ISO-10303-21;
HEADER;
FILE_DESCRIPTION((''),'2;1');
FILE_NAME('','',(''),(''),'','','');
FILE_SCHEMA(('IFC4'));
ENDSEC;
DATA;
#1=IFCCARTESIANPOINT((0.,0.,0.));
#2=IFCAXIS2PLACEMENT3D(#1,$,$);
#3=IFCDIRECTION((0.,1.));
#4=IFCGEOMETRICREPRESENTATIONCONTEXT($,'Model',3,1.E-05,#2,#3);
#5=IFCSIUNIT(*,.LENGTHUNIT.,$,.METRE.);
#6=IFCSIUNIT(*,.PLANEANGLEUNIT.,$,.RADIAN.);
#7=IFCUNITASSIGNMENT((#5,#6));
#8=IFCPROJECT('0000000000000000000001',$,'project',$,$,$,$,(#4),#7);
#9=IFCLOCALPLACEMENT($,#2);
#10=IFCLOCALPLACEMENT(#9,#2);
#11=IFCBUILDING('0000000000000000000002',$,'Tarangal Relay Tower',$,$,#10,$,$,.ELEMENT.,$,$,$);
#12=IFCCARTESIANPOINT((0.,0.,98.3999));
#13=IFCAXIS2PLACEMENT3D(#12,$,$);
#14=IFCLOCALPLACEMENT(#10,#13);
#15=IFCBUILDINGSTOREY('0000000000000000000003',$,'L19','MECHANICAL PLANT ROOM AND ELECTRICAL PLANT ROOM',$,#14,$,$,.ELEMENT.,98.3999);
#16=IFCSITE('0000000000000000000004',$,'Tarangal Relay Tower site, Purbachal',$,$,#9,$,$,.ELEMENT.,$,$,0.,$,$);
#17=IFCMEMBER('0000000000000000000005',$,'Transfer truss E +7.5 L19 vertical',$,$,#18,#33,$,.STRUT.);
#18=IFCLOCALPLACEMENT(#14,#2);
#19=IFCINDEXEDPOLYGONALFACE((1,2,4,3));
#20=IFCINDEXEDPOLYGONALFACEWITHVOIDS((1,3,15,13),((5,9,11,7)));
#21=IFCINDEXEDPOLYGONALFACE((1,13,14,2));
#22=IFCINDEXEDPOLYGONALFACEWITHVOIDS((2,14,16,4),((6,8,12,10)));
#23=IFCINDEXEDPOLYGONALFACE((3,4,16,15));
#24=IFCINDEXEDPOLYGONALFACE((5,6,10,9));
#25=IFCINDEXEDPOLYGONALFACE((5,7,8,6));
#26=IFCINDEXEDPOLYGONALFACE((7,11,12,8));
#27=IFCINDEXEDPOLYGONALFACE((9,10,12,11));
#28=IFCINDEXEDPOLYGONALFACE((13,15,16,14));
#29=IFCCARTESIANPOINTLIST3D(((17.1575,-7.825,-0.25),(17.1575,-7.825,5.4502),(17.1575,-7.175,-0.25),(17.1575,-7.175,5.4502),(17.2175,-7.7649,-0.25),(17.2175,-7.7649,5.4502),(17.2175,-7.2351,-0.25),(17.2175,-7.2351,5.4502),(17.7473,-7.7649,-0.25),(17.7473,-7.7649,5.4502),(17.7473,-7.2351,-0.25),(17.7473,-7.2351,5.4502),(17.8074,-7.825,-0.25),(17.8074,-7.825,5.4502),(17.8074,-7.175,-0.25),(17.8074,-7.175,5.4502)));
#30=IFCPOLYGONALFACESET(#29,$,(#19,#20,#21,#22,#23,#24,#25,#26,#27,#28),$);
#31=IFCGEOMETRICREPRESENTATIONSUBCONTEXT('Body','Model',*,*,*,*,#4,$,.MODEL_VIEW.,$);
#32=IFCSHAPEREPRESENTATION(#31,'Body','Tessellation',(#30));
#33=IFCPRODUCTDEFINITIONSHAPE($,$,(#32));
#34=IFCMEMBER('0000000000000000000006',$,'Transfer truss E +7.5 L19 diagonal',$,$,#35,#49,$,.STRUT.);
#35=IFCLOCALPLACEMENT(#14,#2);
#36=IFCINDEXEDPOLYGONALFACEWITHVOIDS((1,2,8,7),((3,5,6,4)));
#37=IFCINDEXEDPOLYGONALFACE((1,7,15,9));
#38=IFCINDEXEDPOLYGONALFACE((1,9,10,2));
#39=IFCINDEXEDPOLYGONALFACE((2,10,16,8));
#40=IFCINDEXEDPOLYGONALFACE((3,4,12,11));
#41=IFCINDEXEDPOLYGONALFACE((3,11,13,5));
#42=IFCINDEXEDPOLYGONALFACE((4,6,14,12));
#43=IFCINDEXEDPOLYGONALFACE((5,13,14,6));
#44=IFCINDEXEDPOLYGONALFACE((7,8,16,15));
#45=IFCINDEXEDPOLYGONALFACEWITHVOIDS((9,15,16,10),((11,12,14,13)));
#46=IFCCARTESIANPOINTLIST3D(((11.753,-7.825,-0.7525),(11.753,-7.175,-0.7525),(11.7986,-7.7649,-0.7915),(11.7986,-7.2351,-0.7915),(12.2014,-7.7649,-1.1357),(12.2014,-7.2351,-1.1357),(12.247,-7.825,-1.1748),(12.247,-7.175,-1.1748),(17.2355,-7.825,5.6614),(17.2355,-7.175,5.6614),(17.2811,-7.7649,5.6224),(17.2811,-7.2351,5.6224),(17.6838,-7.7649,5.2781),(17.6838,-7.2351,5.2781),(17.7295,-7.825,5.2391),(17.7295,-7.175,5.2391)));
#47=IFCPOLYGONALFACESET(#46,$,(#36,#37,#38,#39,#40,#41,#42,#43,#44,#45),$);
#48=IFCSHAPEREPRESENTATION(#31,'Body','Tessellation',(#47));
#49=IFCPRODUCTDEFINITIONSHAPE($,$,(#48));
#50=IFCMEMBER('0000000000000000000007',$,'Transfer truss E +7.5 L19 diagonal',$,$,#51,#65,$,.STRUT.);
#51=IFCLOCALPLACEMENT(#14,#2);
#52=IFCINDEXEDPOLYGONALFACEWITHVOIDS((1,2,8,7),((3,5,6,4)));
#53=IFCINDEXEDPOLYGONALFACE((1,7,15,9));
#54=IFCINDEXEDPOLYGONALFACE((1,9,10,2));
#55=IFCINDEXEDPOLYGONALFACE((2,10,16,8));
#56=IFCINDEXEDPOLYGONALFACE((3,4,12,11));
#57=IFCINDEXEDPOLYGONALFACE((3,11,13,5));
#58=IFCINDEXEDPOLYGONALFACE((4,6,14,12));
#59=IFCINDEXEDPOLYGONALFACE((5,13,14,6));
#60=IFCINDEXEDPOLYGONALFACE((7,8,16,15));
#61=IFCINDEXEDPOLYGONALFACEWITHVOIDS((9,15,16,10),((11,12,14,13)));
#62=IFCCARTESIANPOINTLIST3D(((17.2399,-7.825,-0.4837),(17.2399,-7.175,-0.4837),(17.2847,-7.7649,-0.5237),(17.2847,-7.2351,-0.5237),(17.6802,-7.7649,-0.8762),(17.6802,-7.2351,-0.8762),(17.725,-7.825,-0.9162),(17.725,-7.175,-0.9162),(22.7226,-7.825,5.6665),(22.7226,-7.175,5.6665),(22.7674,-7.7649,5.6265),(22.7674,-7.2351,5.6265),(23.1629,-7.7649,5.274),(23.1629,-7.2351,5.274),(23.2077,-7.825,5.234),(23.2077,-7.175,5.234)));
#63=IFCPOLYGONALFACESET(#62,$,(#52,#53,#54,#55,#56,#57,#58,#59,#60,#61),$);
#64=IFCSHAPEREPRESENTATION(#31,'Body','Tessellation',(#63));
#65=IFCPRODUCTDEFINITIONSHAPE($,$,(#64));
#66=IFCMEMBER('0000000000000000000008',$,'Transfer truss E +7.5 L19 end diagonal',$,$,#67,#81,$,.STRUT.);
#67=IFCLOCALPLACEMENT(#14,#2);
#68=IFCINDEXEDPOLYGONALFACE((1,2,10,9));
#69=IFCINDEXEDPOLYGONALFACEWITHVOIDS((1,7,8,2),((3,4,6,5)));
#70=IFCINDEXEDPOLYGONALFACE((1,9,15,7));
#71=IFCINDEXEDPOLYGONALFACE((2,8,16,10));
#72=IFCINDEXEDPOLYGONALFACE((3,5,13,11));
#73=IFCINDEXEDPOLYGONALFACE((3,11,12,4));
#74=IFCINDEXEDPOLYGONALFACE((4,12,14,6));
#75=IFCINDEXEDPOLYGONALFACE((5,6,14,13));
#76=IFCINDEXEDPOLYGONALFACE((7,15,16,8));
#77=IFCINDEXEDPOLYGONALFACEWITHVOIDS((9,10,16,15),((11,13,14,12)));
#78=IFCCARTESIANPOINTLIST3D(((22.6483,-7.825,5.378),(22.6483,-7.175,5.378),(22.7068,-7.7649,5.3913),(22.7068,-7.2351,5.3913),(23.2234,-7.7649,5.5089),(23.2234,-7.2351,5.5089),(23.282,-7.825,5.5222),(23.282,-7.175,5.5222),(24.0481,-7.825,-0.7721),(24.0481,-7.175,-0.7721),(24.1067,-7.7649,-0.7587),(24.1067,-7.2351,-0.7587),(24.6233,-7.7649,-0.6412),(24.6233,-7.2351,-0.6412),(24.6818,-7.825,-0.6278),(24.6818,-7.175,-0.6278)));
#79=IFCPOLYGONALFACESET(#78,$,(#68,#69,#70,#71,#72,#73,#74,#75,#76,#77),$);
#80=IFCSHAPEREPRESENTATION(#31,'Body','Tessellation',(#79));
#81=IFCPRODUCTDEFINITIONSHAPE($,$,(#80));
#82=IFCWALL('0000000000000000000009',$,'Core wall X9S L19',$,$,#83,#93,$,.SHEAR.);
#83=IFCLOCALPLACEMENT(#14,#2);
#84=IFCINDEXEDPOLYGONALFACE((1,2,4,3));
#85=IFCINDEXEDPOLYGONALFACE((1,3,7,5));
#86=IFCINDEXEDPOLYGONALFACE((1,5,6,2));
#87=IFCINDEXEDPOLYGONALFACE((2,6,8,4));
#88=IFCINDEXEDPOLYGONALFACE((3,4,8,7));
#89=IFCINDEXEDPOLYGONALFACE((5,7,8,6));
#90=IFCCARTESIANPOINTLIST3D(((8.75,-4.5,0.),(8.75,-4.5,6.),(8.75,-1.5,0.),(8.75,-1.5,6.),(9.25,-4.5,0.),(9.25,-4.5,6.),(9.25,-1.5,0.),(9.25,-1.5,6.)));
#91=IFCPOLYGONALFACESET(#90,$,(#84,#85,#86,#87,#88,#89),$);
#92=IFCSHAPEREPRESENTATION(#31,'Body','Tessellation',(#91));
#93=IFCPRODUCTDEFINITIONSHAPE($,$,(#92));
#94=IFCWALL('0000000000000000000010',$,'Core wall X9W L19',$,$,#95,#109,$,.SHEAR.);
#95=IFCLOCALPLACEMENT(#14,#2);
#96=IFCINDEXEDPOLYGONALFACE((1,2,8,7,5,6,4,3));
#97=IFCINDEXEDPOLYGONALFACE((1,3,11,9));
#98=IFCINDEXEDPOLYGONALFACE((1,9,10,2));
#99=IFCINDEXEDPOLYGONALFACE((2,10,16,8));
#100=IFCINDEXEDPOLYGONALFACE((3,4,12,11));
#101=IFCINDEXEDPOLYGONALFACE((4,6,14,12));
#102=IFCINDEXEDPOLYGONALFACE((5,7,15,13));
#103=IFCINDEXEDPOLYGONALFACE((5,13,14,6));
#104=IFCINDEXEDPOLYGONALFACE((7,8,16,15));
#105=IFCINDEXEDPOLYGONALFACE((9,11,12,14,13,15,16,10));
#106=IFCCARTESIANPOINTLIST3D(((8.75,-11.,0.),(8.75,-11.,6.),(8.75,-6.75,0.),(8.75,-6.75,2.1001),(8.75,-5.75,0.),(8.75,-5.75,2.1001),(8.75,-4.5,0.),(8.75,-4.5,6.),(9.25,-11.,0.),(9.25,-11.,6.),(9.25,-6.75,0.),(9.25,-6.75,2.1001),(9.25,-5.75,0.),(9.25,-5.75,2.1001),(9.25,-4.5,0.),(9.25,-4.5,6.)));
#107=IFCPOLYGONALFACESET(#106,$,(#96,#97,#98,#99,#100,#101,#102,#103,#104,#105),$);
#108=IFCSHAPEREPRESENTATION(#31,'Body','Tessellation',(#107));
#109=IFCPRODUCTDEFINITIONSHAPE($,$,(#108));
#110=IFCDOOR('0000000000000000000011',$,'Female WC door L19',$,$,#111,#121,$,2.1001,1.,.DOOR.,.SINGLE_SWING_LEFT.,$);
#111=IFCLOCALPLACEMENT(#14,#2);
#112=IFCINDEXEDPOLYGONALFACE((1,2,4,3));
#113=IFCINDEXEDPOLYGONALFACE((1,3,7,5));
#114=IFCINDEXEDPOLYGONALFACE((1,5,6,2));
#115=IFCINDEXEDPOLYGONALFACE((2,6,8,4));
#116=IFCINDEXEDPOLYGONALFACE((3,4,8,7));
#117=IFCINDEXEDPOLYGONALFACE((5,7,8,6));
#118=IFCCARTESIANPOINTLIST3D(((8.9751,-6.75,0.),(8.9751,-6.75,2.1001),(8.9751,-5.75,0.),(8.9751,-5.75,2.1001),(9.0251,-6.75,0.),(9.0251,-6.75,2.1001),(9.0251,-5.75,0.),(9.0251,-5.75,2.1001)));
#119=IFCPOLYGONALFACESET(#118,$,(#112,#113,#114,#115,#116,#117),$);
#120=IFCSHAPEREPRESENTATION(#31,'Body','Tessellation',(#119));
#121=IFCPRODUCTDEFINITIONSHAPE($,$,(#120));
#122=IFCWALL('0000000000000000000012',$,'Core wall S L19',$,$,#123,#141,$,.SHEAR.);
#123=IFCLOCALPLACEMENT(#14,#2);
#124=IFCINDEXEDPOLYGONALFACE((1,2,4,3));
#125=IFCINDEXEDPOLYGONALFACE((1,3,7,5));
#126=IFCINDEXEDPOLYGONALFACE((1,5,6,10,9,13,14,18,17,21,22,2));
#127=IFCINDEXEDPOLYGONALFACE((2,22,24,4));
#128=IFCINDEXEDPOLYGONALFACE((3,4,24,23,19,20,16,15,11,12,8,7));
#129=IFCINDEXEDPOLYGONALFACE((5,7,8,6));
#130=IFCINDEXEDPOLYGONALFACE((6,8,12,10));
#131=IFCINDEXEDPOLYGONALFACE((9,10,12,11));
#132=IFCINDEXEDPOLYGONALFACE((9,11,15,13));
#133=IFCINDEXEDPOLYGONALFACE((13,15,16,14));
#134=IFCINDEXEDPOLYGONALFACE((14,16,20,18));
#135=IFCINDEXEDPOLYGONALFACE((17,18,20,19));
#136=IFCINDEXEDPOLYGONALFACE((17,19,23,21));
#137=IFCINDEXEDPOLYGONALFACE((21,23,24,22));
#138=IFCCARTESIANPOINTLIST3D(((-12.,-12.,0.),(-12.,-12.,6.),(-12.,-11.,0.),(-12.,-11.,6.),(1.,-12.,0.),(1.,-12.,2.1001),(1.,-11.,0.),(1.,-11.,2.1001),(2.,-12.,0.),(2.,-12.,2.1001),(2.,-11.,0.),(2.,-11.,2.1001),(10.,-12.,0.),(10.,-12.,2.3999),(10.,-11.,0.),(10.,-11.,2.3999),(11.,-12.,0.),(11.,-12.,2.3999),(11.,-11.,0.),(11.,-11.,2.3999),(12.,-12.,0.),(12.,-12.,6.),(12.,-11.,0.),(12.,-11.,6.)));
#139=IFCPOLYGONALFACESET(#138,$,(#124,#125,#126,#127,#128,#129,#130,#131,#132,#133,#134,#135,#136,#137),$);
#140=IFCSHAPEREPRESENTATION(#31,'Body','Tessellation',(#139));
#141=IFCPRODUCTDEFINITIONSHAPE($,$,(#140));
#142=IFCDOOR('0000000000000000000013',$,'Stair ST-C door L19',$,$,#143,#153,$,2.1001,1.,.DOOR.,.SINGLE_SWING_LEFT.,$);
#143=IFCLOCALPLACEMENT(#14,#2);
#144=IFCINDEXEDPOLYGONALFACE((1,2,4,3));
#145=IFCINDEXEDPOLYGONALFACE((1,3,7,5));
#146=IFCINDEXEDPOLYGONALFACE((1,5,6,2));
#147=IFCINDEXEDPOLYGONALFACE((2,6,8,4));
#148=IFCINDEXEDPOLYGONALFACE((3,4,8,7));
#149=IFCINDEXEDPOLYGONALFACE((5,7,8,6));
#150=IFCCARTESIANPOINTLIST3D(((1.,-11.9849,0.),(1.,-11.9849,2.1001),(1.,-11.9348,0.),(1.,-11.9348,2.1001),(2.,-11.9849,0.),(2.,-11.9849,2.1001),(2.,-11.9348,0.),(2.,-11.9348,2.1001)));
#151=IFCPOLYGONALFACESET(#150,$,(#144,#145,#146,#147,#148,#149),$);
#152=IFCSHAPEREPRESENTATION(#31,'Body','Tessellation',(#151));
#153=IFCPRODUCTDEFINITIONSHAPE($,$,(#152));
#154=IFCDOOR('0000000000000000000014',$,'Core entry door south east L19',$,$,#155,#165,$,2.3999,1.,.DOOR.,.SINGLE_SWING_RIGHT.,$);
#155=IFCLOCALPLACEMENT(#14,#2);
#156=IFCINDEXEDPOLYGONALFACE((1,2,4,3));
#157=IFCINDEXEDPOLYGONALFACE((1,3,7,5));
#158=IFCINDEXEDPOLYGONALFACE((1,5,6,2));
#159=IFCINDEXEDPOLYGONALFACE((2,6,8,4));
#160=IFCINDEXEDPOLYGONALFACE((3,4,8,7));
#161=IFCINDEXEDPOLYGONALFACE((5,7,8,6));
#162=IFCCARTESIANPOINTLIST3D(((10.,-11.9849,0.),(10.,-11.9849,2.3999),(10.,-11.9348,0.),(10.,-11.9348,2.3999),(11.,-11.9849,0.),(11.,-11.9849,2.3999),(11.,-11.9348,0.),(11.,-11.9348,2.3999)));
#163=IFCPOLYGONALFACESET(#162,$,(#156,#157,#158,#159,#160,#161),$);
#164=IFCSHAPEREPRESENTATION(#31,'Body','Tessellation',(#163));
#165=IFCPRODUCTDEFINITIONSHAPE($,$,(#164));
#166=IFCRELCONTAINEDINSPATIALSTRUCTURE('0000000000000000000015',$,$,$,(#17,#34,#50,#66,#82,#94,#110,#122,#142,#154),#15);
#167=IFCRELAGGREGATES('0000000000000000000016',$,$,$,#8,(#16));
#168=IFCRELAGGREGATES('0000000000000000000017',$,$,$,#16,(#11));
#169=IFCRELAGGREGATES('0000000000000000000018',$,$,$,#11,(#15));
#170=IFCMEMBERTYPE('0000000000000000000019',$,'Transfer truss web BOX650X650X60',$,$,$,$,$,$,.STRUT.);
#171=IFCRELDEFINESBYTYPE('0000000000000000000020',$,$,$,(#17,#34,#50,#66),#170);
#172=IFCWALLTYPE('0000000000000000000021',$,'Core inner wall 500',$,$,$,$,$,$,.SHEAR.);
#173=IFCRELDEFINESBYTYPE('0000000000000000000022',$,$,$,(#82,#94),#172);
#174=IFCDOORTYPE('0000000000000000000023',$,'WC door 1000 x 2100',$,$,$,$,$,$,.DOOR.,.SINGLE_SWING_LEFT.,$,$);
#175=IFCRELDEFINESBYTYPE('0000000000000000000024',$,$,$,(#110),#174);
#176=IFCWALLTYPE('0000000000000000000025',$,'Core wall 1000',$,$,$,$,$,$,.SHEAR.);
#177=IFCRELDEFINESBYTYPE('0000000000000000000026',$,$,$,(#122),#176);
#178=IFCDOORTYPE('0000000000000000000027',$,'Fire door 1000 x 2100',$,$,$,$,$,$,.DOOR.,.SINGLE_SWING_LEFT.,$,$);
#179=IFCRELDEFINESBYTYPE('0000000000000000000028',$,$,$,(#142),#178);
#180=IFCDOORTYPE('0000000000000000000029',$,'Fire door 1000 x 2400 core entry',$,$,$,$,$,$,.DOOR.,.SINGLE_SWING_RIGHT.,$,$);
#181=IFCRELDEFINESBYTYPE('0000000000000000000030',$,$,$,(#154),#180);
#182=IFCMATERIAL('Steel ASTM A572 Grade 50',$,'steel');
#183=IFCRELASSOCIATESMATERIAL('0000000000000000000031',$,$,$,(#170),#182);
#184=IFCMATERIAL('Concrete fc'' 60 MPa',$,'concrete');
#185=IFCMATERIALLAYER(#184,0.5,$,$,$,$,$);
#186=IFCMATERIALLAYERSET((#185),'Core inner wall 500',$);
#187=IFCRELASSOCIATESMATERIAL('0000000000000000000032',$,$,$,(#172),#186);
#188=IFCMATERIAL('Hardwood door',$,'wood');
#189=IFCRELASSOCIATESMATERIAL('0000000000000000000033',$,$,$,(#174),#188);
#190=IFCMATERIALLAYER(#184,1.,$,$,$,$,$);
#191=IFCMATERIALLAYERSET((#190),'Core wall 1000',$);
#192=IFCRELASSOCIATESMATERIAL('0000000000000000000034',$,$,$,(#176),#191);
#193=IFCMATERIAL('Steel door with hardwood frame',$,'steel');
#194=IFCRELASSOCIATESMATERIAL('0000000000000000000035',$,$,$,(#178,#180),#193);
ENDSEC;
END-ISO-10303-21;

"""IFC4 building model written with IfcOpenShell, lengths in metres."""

from ifc_helpers import new_model, si_unit, direction, frame, frame_2d, origin, origin_2d, place, context, subcontext, project, spatial, rectangle, hollow_rectangle, extrude, material, layer, layer_set, material_profile, profile_set, type_object, element, fill, save


model = new_model("IFC4")

# Units and contexts
model_context = context("Model", 3, precision=1e-05, world=origin(), true_north=direction((0.0, 1.0)))
body_context = subcontext(model_context, "Body", "Model", "MODEL_VIEW")
ifc_project = project(units=[si_unit("LENGTHUNIT", "METRE"), si_unit("PLANEANGLEUNIT", "RADIAN")], contexts=[model_context])

# Site, building, storey
site_placement = place(None, origin())
site = spatial("IfcSite", under=ifc_project, at=site_placement, Name="Tarangal Relay Tower site, Purbachal", CompositionType="ELEMENT", RefElevation=0.0)
building_placement = place(site_placement, origin())
building = spatial("IfcBuilding", under=site, at=building_placement, Name="Tarangal Relay Tower", CompositionType="ELEMENT")
storey_placement = place(building_placement, frame((0.0, 0.0, 98.3999)))
storey = spatial("IfcBuildingStorey", under=building, at=storey_placement, Name="L19", Description="MECHANICAL PLANT ROOM AND ELECTRICAL PLANT ROOM", CompositionType="ELEMENT", Elevation=98.3999)

# Shared definitions
ifc_material_1 = material(Name="Steel ASTM A572 Grade 50", Category="steel")

# Members
ifc_material_profile_1 = material_profile(ifc_material_1, hollow_rectangle(XDim=0.6499, YDim=0.6499, WallThickness=0.0601, at=origin_2d()), Name="BOX650X650X60")
ifc_profile_set_1 = profile_set([ifc_material_profile_1], Name="Steel ASTM A572 Grade 50")
member_type_1 = type_object("IfcMemberType", Name="Transfer truss web BOX650X650X60", PredefinedType="STRUT", material=ifc_profile_set_1)
member_1_placement = place(storey_placement, frame((17.4824, -7.5, -0.25), z_axis=(0.0, 0.0, 1.0), x_axis=(1.0, 0.0, 0.0)))
element("IfcMember", 1, at=member_1_placement, inside=storey, type_object=member_type_1, Name="Transfer truss E +7.5 L19 vertical", PredefinedType="STRUT", context=body_context, shape_type="SweptSolid", body=[
    extrude(hollow_rectangle(XDim=0.6499, YDim=0.6499, WallThickness=0.0601, at=origin_2d()), origin(), (0.0, 0.0, 1.0), 5.7002),
])
member_2_placement = place(storey_placement, frame((12.0, -7.5, -0.9636), z_axis=(0.649757, 0.0, 0.760142), x_axis=(0.0, 1.0, 0.0)))
element("IfcMember", 2, at=member_2_placement, inside=storey, type_object=member_type_1, Name="Transfer truss E +7.5 L19 diagonal", PredefinedType="STRUT", context=body_context, shape_type="SweptSolid", body=[
    extrude(hollow_rectangle(XDim=0.6499, YDim=0.6499, WallThickness=0.0601, at=origin_2d()), origin(), (0.0, 0.0, 1.0), 8.4377),
])
member_3_placement = place(storey_placement, frame((17.4824, -7.5, -0.7), z_axis=(0.665439, 0.0, 0.746452), x_axis=(0.0, 1.0, 0.0)))
element("IfcMember", 3, at=member_3_placement, inside=storey, type_object=member_type_1, Name="Transfer truss E +7.5 L19 diagonal", PredefinedType="STRUT", context=body_context, shape_type="SweptSolid", body=[
    extrude(hollow_rectangle(XDim=0.6499, YDim=0.6499, WallThickness=0.0601, at=origin_2d()), origin(), (0.0, 0.0, 1.0), 8.2393),
])
member_4_placement = place(storey_placement, frame((24.365, -7.5, -0.7), z_axis=(-0.221944, 0.0, 0.975059), x_axis=(0.0, -1.0, 0.0)))
element("IfcMember", 4, at=member_4_placement, inside=storey, type_object=member_type_1, Name="Transfer truss E +7.5 L19 end diagonal", PredefinedType="STRUT", context=body_context, shape_type="SweptSolid", body=[
    extrude(hollow_rectangle(XDim=0.6499, YDim=0.6499, WallThickness=0.0601, at=origin_2d()), origin(), (0.0, 0.0, 1.0), 6.3074),
])

# Wall
ifc_material_2 = material(Name="Concrete fc' 60 MPa", Category="concrete")
ifc_layer_1 = layer(ifc_material_2, 0.5)
ifc_layer_set_1 = layer_set([ifc_layer_1], Name="Core inner wall 500")
wall_type_1 = type_object("IfcWallType", Name="Core inner wall 500", PredefinedType="SHEAR", material=ifc_layer_set_1)
wall_1_placement = place(storey_placement, frame((9.0, -4.5, 0.0), z_axis=(0.0, 0.0, 1.0), x_axis=(0.0, 1.0, 0.0)))
element("IfcWall", 5, at=wall_1_placement, inside=storey, type_object=wall_type_1, Name="Core wall X9S L19", PredefinedType="SHEAR", context=body_context, shape_type="SweptSolid", body=[
    extrude(rectangle(XDim=3.0, YDim=0.5, at=frame_2d((1.5, 0.0))), origin(), (0.0, 0.0, 1.0), 6.0),
])

# Wall, opening, door
wall_2_placement = place(storey_placement, frame((9.0, -11.0, 0.0), z_axis=(0.0, 0.0, 1.0), x_axis=(0.0, 1.0, 0.0)))
wall_2 = element("IfcWall", 6, at=wall_2_placement, inside=storey, type_object=wall_type_1, Name="Core wall X9W L19", PredefinedType="SHEAR", context=body_context, shape_type="SweptSolid", body=[
    extrude(rectangle(XDim=6.5, YDim=0.5, at=frame_2d((3.25, 0.0))), origin(), (0.0, 0.0, 1.0), 6.0),
])
opening_1_placement = place(wall_2_placement, frame((4.25, 0.0, 0.0)))
opening_1 = element("IfcOpeningElement", 7, at=opening_1_placement, cuts=wall_2, PredefinedType="OPENING", context=body_context, shape_type="SweptSolid", body=[
    extrude(rectangle(XDim=1.0, YDim=2.1001, at=frame_2d((0.5, 1.05))), frame((0.0, 0.26, 0.0), z_axis=(0.0, -1.0, 0.0), x_axis=(1.0, 0.0, 0.0)), (0.0, 0.0, 1.0), 0.52),
])
ifc_material_3 = material(Name="Hardwood door", Category="wood")
door_type_1 = type_object("IfcDoorType", Name="WC door 1000 x 2100", OperationType="SINGLE_SWING_LEFT", PredefinedType="DOOR", material=ifc_material_3)
door_1_placement = place(opening_1_placement, origin())
door_1 = element("IfcDoor", 8, at=door_1_placement, inside=storey, type_object=door_type_1, Name="Female WC door L19", OperationType="SINGLE_SWING_LEFT", OverallHeight=2.1001, OverallWidth=1.0, PredefinedType="DOOR", context=body_context, shape_type="SweptSolid", body=[
    extrude(rectangle(XDim=1.0, YDim=2.1001, at=frame_2d((0.5, 1.05))), frame((0.0, 0.0249, 0.0), z_axis=(0.0, -1.0, 0.0), x_axis=(1.0, 0.0, 0.0)), (0.0, 0.0, 1.0), 0.05),
])
fill(opening_1, door_1)

# Wall, openings, doors
ifc_layer_2 = layer(ifc_material_2, 1.0)
ifc_layer_set_2 = layer_set([ifc_layer_2], Name="Core wall 1000")
wall_type_2 = type_object("IfcWallType", Name="Core wall 1000", PredefinedType="SHEAR", material=ifc_layer_set_2)
wall_3_placement = place(storey_placement, frame((12.0, -11.5, 0.0), z_axis=(0.0, 0.0, 1.0), x_axis=(-1.0, 0.0, 0.0)))
wall_3 = element("IfcWall", 9, at=wall_3_placement, inside=storey, type_object=wall_type_2, Name="Core wall S L19", PredefinedType="SHEAR", context=body_context, shape_type="SweptSolid", body=[
    extrude(rectangle(XDim=24.0, YDim=1.0, at=frame_2d((12.0, 0.0))), origin(), (0.0, 0.0, 1.0), 6.0),
])
opening_2_placement = place(wall_3_placement, frame((10.0, 0.0, 0.0)))
opening_2 = element("IfcOpeningElement", 10, at=opening_2_placement, cuts=wall_3, PredefinedType="OPENING", context=body_context, shape_type="SweptSolid", body=[
    extrude(rectangle(XDim=1.0, YDim=2.1001, at=frame_2d((0.5, 1.05))), frame((0.0, 0.51, 0.0), z_axis=(0.0, -1.0, 0.0), x_axis=(1.0, 0.0, 0.0)), (0.0, 0.0, 1.0), 1.02),
])
opening_3_placement = place(wall_3_placement, frame((1.0, 0.0, 0.0)))
opening_3 = element("IfcOpeningElement", 11, at=opening_3_placement, cuts=wall_3, PredefinedType="OPENING", context=body_context, shape_type="SweptSolid", body=[
    extrude(rectangle(XDim=1.0, YDim=2.3999, at=frame_2d((0.5, 1.2))), frame((0.0, 0.51, 0.0), z_axis=(0.0, -1.0, 0.0), x_axis=(1.0, 0.0, 0.0)), (0.0, 0.0, 1.0), 1.02),
])
ifc_material_4 = material(Name="Steel door with hardwood frame", Category="steel")
door_type_2 = type_object("IfcDoorType", Name="Fire door 1000 x 2100", OperationType="SINGLE_SWING_LEFT", PredefinedType="DOOR", material=ifc_material_4)
door_2_placement = place(opening_2_placement, origin())
door_2 = element("IfcDoor", 12, at=door_2_placement, inside=storey, type_object=door_type_2, Name="Stair ST-C door L19", OperationType="SINGLE_SWING_LEFT", OverallHeight=2.1001, OverallWidth=1.0, PredefinedType="DOOR", context=body_context, shape_type="SweptSolid", body=[
    extrude(rectangle(XDim=1.0, YDim=2.1001, at=frame_2d((0.5, 1.05))), frame((0.0, 0.4849, 0.0), z_axis=(0.0, -1.0, 0.0), x_axis=(1.0, 0.0, 0.0)), (0.0, 0.0, 1.0), 0.05),
])
fill(opening_2, door_2)
door_type_3 = type_object("IfcDoorType", Name="Fire door 1000 x 2400 core entry", OperationType="SINGLE_SWING_RIGHT", PredefinedType="DOOR", material=ifc_material_4)
door_3_placement = place(opening_3_placement, origin())
door_3 = element("IfcDoor", 13, at=door_3_placement, inside=storey, type_object=door_type_3, Name="Core entry door south east L19", OperationType="SINGLE_SWING_RIGHT", OverallHeight=2.3999, OverallWidth=1.0, PredefinedType="DOOR", context=body_context, shape_type="SweptSolid", body=[
    extrude(rectangle(XDim=1.0, YDim=2.3999, at=frame_2d((0.5, 1.2))), frame((0.0, 0.4849, 0.0), z_axis=(0.0, -1.0, 0.0), x_axis=(1.0, 0.0, 0.0)), (0.0, 0.0, 1.0), 0.05),
])
fill(opening_3, door_3)

save(model, "model.ifc")
